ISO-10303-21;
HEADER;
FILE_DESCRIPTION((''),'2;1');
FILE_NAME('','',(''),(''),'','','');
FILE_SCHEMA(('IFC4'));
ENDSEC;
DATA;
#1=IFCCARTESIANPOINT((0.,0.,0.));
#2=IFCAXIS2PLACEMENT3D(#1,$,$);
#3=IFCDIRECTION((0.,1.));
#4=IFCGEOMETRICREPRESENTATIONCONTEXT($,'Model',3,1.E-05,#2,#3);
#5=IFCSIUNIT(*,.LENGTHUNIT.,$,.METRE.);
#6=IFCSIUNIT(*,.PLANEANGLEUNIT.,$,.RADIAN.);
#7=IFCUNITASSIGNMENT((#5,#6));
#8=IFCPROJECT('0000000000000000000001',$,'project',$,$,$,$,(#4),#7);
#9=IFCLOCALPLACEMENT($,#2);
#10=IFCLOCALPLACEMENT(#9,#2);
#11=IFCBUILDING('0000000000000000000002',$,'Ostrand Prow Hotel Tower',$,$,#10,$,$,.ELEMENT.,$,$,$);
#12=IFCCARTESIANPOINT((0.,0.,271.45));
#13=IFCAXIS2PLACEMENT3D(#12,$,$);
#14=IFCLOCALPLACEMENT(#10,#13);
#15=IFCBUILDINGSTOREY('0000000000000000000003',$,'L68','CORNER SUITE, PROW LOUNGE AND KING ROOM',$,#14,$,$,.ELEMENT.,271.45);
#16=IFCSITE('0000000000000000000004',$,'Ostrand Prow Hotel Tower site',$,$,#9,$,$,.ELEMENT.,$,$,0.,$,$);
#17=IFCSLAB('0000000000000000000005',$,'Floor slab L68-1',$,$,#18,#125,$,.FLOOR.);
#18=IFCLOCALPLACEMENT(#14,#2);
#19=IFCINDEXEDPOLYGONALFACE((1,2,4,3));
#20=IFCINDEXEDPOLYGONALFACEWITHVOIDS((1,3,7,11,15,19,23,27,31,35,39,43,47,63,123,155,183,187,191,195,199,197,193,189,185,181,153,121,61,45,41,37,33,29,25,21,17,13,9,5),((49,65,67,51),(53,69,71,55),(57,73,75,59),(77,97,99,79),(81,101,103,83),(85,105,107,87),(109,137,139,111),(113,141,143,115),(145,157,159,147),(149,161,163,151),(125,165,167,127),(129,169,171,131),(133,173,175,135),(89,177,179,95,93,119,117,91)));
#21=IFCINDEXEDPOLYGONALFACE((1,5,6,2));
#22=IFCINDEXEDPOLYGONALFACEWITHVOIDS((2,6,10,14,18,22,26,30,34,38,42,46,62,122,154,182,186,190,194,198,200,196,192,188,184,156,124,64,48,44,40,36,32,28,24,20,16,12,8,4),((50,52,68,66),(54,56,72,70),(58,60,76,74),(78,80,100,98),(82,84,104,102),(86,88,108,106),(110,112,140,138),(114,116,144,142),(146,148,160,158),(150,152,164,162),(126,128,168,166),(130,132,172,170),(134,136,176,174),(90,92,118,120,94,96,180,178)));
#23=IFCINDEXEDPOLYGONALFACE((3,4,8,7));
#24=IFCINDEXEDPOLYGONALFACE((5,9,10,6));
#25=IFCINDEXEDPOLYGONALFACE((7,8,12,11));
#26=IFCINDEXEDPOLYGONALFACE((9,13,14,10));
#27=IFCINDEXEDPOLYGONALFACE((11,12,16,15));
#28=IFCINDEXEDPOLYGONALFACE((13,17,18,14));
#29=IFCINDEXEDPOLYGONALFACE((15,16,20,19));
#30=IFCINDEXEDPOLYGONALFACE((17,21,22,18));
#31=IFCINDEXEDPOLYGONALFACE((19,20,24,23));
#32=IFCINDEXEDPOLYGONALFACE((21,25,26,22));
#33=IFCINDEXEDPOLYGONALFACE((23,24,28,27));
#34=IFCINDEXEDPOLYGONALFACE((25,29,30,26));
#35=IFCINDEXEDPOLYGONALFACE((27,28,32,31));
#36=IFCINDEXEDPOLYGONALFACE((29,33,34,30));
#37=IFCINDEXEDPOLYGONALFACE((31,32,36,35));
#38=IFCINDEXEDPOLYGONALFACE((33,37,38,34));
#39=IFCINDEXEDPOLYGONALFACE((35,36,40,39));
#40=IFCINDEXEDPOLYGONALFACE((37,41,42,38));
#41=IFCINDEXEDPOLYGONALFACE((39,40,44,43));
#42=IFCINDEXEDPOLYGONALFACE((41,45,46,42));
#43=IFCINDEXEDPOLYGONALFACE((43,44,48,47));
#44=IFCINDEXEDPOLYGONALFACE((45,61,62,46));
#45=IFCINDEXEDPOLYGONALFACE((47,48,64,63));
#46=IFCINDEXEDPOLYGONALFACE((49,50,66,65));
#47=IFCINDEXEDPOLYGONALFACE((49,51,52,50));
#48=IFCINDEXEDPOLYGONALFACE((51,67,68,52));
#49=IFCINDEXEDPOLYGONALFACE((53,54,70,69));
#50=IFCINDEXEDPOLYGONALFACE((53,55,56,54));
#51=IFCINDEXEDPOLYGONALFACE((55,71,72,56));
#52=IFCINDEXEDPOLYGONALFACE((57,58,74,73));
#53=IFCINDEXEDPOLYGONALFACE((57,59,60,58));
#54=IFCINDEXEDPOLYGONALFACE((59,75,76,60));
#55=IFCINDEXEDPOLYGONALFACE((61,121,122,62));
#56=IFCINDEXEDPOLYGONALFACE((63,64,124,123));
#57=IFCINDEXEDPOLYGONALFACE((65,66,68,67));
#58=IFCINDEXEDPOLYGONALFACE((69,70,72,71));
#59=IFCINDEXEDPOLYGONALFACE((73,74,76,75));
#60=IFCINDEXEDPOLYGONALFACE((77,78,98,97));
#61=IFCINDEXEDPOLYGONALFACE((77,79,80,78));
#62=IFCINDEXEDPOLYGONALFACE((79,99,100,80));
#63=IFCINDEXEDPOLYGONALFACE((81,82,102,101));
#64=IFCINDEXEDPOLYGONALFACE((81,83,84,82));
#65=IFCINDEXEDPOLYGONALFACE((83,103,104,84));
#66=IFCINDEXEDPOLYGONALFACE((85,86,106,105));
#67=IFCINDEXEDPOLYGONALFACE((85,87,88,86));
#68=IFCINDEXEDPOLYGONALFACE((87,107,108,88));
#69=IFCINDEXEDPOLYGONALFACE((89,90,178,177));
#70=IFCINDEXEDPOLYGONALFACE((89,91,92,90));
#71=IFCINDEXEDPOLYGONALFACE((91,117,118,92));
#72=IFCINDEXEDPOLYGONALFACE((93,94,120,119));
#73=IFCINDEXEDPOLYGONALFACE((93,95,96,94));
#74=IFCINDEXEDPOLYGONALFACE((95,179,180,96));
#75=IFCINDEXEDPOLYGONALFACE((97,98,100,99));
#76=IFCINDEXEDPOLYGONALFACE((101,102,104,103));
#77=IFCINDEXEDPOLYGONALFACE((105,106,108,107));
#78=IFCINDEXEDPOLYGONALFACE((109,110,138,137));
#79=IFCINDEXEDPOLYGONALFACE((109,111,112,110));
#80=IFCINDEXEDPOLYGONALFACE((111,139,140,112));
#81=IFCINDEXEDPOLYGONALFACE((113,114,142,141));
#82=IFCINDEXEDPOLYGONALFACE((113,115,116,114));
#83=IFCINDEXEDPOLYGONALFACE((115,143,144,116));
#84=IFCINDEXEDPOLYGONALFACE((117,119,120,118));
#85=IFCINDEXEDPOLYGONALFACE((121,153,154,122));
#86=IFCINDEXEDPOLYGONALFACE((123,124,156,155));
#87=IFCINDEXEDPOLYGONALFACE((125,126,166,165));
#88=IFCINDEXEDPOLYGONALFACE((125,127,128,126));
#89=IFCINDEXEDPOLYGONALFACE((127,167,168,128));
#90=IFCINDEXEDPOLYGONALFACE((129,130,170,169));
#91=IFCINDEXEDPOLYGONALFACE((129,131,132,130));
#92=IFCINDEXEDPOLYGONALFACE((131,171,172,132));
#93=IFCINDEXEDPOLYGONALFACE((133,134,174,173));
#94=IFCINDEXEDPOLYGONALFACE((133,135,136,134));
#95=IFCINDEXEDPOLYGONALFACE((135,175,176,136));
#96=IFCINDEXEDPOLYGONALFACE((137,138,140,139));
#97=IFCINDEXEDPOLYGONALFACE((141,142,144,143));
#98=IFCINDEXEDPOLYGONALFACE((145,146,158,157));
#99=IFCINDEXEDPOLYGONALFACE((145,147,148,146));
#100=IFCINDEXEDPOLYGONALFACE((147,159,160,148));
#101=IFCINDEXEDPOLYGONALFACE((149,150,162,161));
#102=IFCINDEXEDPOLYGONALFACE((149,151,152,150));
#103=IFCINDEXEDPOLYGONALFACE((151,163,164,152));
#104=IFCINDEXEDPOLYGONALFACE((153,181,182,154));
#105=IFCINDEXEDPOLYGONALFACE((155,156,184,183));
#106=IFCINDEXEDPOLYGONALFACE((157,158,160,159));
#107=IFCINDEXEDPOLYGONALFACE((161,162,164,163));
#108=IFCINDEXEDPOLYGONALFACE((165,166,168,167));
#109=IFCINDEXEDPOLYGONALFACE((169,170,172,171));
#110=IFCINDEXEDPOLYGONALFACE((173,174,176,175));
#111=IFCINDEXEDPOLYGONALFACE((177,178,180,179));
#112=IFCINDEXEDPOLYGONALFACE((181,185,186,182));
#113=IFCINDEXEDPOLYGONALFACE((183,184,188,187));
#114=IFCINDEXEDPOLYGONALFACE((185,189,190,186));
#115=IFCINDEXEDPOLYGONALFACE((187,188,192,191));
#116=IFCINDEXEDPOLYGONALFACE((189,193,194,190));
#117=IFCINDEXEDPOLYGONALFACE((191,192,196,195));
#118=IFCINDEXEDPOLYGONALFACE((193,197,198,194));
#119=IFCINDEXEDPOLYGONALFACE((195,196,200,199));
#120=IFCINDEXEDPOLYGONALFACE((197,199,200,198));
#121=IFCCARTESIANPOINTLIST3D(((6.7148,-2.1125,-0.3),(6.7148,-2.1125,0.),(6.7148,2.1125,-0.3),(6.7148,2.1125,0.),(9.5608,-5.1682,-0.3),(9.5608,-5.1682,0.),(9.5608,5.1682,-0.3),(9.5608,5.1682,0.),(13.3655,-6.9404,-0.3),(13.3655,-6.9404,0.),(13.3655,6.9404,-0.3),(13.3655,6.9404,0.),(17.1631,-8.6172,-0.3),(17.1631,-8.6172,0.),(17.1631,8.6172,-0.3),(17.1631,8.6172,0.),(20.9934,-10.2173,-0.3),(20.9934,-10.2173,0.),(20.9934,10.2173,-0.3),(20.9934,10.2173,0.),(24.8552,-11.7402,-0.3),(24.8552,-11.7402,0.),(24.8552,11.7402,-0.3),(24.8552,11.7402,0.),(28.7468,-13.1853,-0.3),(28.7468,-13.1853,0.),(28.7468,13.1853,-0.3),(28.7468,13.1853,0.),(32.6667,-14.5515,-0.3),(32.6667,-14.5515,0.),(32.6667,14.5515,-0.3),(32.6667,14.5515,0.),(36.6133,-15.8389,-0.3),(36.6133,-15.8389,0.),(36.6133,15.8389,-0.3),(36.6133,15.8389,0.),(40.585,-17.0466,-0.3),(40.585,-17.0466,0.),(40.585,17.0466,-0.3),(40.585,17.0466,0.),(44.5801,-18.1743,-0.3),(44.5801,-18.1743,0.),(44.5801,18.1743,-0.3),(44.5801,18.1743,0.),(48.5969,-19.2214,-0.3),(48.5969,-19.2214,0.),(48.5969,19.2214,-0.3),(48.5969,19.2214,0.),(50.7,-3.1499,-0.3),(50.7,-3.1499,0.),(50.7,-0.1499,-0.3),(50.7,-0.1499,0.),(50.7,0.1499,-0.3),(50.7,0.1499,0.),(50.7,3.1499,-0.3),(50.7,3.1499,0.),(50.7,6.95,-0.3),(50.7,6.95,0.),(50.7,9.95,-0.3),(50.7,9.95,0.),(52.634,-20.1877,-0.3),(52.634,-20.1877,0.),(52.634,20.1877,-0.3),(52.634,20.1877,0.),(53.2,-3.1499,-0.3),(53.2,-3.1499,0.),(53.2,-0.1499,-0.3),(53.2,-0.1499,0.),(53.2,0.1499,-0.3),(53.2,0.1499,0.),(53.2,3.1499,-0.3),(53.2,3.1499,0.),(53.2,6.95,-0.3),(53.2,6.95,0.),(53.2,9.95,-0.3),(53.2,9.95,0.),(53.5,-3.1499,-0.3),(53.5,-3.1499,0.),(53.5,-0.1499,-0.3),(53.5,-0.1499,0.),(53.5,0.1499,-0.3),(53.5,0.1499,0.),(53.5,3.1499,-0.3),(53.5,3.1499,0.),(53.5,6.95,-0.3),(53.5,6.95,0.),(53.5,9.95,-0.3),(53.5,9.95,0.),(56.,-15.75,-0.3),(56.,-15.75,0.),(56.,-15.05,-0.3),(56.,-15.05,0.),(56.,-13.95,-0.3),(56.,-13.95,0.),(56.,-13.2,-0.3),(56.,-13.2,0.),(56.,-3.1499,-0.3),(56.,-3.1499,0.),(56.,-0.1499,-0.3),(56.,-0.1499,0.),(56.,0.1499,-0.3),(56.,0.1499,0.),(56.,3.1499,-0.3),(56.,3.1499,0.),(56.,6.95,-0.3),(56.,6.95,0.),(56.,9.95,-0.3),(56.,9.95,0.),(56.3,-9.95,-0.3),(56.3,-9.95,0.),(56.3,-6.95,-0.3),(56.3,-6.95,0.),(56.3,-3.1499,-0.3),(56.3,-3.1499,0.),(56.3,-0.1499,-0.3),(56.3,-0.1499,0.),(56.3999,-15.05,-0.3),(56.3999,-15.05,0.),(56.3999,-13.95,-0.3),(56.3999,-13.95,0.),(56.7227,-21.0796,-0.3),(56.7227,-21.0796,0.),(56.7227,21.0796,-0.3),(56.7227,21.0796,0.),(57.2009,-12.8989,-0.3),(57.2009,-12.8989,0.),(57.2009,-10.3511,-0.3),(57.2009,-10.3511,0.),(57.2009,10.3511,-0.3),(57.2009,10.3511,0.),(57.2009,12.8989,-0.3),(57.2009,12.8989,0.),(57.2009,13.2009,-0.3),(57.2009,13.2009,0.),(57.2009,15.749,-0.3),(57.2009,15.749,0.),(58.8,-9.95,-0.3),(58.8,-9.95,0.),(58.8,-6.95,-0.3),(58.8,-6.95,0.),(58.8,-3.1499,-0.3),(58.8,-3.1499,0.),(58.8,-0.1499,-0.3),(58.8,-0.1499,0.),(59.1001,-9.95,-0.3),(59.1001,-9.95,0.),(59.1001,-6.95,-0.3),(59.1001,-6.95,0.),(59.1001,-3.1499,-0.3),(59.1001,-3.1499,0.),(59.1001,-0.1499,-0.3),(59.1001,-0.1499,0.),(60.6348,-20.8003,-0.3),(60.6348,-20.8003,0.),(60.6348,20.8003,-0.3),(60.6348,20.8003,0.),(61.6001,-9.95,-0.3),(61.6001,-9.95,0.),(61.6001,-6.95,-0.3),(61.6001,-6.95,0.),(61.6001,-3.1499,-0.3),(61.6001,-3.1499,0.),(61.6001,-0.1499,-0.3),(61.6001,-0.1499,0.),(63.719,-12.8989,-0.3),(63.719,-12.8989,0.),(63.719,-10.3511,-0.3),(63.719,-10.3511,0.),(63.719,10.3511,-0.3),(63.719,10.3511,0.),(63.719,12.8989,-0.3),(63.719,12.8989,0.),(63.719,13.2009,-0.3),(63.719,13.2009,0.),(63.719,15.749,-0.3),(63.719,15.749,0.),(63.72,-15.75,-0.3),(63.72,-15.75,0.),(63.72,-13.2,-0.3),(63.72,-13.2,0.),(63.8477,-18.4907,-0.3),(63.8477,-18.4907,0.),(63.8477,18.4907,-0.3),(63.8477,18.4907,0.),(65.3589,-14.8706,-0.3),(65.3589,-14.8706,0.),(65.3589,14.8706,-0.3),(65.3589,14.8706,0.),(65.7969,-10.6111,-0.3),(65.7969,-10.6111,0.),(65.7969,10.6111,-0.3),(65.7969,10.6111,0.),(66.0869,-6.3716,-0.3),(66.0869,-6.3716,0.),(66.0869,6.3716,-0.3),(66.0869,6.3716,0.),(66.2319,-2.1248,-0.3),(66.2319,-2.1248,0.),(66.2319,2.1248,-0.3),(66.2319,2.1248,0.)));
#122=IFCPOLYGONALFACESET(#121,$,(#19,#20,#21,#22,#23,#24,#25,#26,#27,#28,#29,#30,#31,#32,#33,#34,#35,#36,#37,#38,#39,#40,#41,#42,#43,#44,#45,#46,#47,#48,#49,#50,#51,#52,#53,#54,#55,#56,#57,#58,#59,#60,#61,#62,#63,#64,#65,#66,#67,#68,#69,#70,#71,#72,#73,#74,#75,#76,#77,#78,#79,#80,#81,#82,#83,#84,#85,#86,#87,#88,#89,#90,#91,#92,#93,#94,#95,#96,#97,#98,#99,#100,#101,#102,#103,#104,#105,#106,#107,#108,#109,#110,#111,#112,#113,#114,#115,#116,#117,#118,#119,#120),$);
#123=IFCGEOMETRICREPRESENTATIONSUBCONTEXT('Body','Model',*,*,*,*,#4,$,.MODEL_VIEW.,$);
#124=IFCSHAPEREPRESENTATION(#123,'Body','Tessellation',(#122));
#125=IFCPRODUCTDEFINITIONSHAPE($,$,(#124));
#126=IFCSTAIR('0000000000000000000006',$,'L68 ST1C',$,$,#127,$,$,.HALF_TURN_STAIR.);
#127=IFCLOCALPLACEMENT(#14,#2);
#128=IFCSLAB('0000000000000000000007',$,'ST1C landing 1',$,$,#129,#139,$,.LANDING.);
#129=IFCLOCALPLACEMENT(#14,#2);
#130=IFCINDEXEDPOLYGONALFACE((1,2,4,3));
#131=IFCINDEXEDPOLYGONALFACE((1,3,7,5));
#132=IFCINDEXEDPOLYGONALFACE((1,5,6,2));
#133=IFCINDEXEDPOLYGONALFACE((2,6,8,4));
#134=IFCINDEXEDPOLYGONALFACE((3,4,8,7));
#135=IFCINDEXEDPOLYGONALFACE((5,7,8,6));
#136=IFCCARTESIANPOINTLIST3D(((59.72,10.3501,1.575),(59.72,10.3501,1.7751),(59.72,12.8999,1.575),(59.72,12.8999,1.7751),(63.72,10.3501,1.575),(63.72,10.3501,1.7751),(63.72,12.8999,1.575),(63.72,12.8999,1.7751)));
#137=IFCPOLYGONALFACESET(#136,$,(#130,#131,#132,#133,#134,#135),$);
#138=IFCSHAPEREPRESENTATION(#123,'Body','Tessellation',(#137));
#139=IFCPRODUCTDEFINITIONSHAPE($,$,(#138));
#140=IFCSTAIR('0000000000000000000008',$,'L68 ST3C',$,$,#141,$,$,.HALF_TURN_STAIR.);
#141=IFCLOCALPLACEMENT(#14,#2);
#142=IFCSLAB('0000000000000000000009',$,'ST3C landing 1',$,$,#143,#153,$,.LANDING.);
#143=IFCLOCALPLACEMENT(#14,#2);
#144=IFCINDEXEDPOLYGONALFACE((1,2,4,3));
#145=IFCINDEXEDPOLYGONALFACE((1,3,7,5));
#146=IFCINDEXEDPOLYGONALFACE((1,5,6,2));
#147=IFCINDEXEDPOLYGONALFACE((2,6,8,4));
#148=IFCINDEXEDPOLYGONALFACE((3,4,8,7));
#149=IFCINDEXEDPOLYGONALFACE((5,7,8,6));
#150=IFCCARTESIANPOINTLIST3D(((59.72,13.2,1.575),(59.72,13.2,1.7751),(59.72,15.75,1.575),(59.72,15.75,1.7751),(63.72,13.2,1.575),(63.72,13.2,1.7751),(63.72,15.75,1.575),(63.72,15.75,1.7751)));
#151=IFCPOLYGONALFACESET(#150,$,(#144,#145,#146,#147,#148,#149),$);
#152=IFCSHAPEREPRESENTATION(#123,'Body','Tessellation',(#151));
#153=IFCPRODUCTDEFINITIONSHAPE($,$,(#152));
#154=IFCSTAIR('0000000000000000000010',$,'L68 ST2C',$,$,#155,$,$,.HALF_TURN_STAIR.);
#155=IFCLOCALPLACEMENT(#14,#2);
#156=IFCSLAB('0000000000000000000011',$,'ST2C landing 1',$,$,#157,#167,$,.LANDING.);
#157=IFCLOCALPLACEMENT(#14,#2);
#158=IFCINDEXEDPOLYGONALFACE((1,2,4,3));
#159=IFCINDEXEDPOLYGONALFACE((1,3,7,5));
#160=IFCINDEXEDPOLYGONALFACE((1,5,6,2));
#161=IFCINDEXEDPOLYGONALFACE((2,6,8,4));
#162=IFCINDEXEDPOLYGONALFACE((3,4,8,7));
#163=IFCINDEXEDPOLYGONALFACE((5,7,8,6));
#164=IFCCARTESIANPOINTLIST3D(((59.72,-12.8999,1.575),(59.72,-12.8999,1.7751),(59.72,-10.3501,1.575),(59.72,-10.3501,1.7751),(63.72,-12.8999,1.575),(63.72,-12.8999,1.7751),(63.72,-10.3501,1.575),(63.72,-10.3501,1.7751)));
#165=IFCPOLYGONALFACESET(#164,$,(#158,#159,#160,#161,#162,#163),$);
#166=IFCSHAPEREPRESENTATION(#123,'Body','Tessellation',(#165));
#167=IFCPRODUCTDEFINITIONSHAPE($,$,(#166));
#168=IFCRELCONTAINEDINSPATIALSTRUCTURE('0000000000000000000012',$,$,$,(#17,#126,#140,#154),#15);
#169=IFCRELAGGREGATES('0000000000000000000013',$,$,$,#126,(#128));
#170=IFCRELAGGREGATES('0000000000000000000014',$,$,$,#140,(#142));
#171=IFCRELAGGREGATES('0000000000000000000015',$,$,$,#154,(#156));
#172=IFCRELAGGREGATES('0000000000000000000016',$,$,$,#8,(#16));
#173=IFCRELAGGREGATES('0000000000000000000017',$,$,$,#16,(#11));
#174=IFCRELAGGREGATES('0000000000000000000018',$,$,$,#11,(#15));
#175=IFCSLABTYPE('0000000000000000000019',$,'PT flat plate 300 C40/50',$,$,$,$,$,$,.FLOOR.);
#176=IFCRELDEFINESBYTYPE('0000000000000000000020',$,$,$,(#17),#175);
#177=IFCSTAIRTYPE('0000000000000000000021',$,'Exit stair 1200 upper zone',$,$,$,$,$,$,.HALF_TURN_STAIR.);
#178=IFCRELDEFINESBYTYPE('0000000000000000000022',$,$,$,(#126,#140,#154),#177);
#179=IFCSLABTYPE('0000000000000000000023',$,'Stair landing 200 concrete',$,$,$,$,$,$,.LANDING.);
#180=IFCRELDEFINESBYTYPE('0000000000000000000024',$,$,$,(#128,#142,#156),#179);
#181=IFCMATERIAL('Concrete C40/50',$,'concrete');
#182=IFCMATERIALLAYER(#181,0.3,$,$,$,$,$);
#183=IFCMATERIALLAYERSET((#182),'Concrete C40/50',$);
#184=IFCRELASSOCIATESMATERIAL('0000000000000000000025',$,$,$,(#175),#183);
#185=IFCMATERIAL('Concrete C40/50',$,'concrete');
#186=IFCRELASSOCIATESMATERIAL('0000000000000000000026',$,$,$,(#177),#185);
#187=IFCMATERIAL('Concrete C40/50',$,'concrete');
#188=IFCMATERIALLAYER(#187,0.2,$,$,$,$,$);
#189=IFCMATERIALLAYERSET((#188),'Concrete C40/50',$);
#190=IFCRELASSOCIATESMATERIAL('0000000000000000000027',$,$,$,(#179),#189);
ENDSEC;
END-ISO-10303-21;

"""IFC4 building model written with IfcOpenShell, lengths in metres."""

from ifc_helpers import new_model, si_unit, direction, frame, origin, place, context, subcontext, project, spatial, polyline, outline, extrude, material, layer, layer_set, type_object, element, aggregate, save


model = new_model("IFC4")

# Units and contexts
model_context = context("Model", 3, precision=1e-05, world=origin(), true_north=direction((0.0, 1.0)))
body_context = subcontext(model_context, "Body", "Model", "MODEL_VIEW")
ifc_project = project(units=[si_unit("LENGTHUNIT", "METRE"), si_unit("PLANEANGLEUNIT", "RADIAN")], contexts=[model_context])

# Site, building, storey
site_placement = place(None, origin())
site = spatial("IfcSite", under=ifc_project, at=site_placement, Name="Ostrand Prow Hotel Tower site", CompositionType="ELEMENT", RefElevation=0.0)
building_placement = place(site_placement, origin())
building = spatial("IfcBuilding", under=site, at=building_placement, Name="Ostrand Prow Hotel Tower", CompositionType="ELEMENT")
storey_placement = place(building_placement, frame((0.0, 0.0, 271.45)))
storey = spatial("IfcBuildingStorey", under=building, at=storey_placement, Name="L68", Description="CORNER SUITE, PROW LOUNGE AND KING ROOM", CompositionType="ELEMENT", Elevation=271.45)

# Slab, opening
ifc_material_1 = material(Name="Concrete C40/50", Category="concrete")
ifc_layer_1 = layer(ifc_material_1, 0.3)
ifc_layer_set_1 = layer_set([ifc_layer_1], Name="Concrete C40/50")
slab_type_1 = type_object("IfcSlabType", Name="PT flat plate 300 C40/50", PredefinedType="FLOOR", material=ifc_layer_set_1)
slab_1_placement = place(storey_placement, frame((0.0, 0.0, -0.3)))
slab_1 = element("IfcSlab", 1, at=slab_1_placement, inside=storey, type_object=slab_type_1, Name="Floor slab L68-1", PredefinedType="FLOOR", context=body_context, shape_type="SweptSolid", body=[
    extrude(outline(polyline([(9.5608, 5.1682), (13.3655, 6.9404), (17.1631, 8.6172), (20.9934, 10.2173), (24.8552, 11.7402), (28.7468, 13.1853), (32.6667, 14.5515), (36.6133, 15.8389), (40.585, 17.0466), (44.5801, 18.1743), (48.5969, 19.2214), (52.634, 20.1877), (56.7227, 21.0796), (60.6348, 20.8003), (63.8477, 18.4907), (65.3589, 14.8706), (65.7969, 10.6111), (66.0869, 6.3716), (66.2319, 2.1248), (66.2319, -2.1248), (66.0869, -6.3716), (65.7969, -10.6111), (65.3589, -14.8706), (63.8477, -18.4907), (60.6348, -20.8003), (56.7227, -21.0796), (52.634, -20.1877), (48.5969, -19.2214), (44.5801, -18.1743), (40.585, -17.0466), (36.6133, -15.8389), (32.6667, -14.5515), (28.7468, -13.1853), (24.8552, -11.7402), (20.9934, -10.2173), (17.1631, -8.6172), (13.3655, -6.9404), (9.5608, -5.1682), (6.7148, -2.1125), (6.7148, 2.1125), (9.5608, 5.1682)]), holes=[polyline([(50.7, 6.95), (53.2, 6.95), (53.2, 9.95), (50.7, 9.95), (50.7, 6.95)]), polyline([(53.5, 6.95), (56.0, 6.95), (56.0, 9.95), (53.5, 9.95), (53.5, 6.95)]), polyline([(50.7, 0.1499), (53.2, 0.1499), (53.2, 3.1499), (50.7, 3.1499), (50.7, 0.1499)]), polyline([(53.5, 0.1499), (56.0, 0.1499), (56.0, 3.1499), (53.5, 3.1499), (53.5, 0.1499)]), polyline([(50.7, -3.1499), (53.2, -3.1499), (53.2, -0.1499), (50.7, -0.1499), (50.7, -3.1499)]), polyline([(53.5, -3.1499), (56.0, -3.1499), (56.0, -0.1499), (53.5, -0.1499), (53.5, -3.1499)]), polyline([(56.3, -3.1499), (58.8, -3.1499), (58.8, -0.1499), (56.3, -0.1499), (56.3, -3.1499)]), polyline([(59.1001, -3.1499), (61.6001, -3.1499), (61.6001, -0.1499), (59.1001, -0.1499), (59.1001, -3.1499)]), polyline([(56.3, -9.95), (58.8, -9.95), (58.8, -6.95), (56.3, -6.95), (56.3, -9.95)]), polyline([(59.1001, -9.95), (61.6001, -9.95), (61.6001, -6.95), (59.1001, -6.95), (59.1001, -9.95)]), polyline([(57.2009, 10.3511), (57.2009, 12.8989), (63.719, 12.8989), (63.719, 10.3511), (57.2009, 10.3511)]), polyline([(57.2009, 13.2009), (57.2009, 15.749), (63.719, 15.749), (63.719, 13.2009), (57.2009, 13.2009)]), polyline([(57.2009, -12.8989), (57.2009, -10.3511), (63.719, -10.3511), (63.719, -12.8989), (57.2009, -12.8989)]), polyline([(56.0, -13.95), (56.0, -13.2), (63.72, -13.2), (63.72, -15.75), (56.0, -15.75), (56.0, -15.05), (56.3999, -15.05), (56.3999, -13.95), (56.0, -13.95)])]), origin(), (0.0, 0.0, 1.0), 0.3),
])
opening_1_placement = place(slab_1_placement, origin())
element("IfcOpeningElement", 2, at=opening_1_placement, cuts=slab_1, PredefinedType="OPENING", context=body_context, shape_type="SweptSolid", body=[
    extrude(outline(polyline([(56.0, -13.95), (56.0, -13.2), (63.72, -13.2), (63.72, -15.75), (56.0, -15.75), (56.0, -15.05), (56.3999, -15.05), (56.3999, -13.95), (56.0, -13.95)])), origin(), (0.0, 0.0, 1.0), 0.3),
])

# Stairs, slabs
ifc_material_2 = material(Name="Concrete C40/50", Category="concrete")
stair_type = type_object("IfcStairType", Name="Exit stair 1200 upper zone", PredefinedType="HALF_TURN_STAIR", material=ifc_material_2)
stair_1_placement = place(storey_placement, origin())
stair_1 = element("IfcStair", 3, at=stair_1_placement, inside=storey, type_object=stair_type, Name="L68 ST1C", PredefinedType="HALF_TURN_STAIR")
ifc_material_3 = material(Name="Concrete C40/50", Category="concrete")
ifc_layer_2 = layer(ifc_material_3, 0.2)
ifc_layer_set_2 = layer_set([ifc_layer_2], Name="Concrete C40/50")
slab_type_2 = type_object("IfcSlabType", Name="Stair landing 200 concrete", PredefinedType="LANDING", material=ifc_layer_set_2)
slab_2_placement = place(storey_placement, frame((0.0, 0.0, 1.575)))
slab_2 = element("IfcSlab", 4, at=slab_2_placement, type_object=slab_type_2, Name="ST1C landing 1", PredefinedType="LANDING", context=body_context, shape_type="SweptSolid", body=[
    extrude(outline(polyline([(59.72, 10.3501), (63.72, 10.3501), (63.72, 12.8999), (59.72, 12.8999), (59.72, 10.3501)])), origin(), (0.0, 0.0, 1.0), 0.2002),
])
aggregate(stair_1, [slab_2])
stair_2_placement = place(storey_placement, origin())
stair_2 = element("IfcStair", 5, at=stair_2_placement, inside=storey, type_object=stair_type, Name="L68 ST3C", PredefinedType="HALF_TURN_STAIR")
slab_3_placement = place(storey_placement, frame((0.0, 0.0, 1.575)))
slab_3 = element("IfcSlab", 6, at=slab_3_placement, type_object=slab_type_2, Name="ST3C landing 1", PredefinedType="LANDING", context=body_context, shape_type="SweptSolid", body=[
    extrude(outline(polyline([(59.72, 13.2), (63.72, 13.2), (63.72, 15.75), (59.72, 15.75), (59.72, 13.2)])), origin(), (0.0, 0.0, 1.0), 0.2002),
])
aggregate(stair_2, [slab_3])
stair_3_placement = place(storey_placement, origin())
stair_3 = element("IfcStair", 7, at=stair_3_placement, inside=storey, type_object=stair_type, Name="L68 ST2C", PredefinedType="HALF_TURN_STAIR")
slab_4_placement = place(storey_placement, frame((0.0, 0.0, 1.575)))
slab_4 = element("IfcSlab", 8, at=slab_4_placement, type_object=slab_type_2, Name="ST2C landing 1", PredefinedType="LANDING", context=body_context, shape_type="SweptSolid", body=[
    extrude(outline(polyline([(59.72, -12.8999), (63.72, -12.8999), (63.72, -10.3501), (59.72, -10.3501), (59.72, -12.8999)])), origin(), (0.0, 0.0, 1.0), 0.2002),
])
aggregate(stair_3, [slab_4])

save(model, "model.ifc")
